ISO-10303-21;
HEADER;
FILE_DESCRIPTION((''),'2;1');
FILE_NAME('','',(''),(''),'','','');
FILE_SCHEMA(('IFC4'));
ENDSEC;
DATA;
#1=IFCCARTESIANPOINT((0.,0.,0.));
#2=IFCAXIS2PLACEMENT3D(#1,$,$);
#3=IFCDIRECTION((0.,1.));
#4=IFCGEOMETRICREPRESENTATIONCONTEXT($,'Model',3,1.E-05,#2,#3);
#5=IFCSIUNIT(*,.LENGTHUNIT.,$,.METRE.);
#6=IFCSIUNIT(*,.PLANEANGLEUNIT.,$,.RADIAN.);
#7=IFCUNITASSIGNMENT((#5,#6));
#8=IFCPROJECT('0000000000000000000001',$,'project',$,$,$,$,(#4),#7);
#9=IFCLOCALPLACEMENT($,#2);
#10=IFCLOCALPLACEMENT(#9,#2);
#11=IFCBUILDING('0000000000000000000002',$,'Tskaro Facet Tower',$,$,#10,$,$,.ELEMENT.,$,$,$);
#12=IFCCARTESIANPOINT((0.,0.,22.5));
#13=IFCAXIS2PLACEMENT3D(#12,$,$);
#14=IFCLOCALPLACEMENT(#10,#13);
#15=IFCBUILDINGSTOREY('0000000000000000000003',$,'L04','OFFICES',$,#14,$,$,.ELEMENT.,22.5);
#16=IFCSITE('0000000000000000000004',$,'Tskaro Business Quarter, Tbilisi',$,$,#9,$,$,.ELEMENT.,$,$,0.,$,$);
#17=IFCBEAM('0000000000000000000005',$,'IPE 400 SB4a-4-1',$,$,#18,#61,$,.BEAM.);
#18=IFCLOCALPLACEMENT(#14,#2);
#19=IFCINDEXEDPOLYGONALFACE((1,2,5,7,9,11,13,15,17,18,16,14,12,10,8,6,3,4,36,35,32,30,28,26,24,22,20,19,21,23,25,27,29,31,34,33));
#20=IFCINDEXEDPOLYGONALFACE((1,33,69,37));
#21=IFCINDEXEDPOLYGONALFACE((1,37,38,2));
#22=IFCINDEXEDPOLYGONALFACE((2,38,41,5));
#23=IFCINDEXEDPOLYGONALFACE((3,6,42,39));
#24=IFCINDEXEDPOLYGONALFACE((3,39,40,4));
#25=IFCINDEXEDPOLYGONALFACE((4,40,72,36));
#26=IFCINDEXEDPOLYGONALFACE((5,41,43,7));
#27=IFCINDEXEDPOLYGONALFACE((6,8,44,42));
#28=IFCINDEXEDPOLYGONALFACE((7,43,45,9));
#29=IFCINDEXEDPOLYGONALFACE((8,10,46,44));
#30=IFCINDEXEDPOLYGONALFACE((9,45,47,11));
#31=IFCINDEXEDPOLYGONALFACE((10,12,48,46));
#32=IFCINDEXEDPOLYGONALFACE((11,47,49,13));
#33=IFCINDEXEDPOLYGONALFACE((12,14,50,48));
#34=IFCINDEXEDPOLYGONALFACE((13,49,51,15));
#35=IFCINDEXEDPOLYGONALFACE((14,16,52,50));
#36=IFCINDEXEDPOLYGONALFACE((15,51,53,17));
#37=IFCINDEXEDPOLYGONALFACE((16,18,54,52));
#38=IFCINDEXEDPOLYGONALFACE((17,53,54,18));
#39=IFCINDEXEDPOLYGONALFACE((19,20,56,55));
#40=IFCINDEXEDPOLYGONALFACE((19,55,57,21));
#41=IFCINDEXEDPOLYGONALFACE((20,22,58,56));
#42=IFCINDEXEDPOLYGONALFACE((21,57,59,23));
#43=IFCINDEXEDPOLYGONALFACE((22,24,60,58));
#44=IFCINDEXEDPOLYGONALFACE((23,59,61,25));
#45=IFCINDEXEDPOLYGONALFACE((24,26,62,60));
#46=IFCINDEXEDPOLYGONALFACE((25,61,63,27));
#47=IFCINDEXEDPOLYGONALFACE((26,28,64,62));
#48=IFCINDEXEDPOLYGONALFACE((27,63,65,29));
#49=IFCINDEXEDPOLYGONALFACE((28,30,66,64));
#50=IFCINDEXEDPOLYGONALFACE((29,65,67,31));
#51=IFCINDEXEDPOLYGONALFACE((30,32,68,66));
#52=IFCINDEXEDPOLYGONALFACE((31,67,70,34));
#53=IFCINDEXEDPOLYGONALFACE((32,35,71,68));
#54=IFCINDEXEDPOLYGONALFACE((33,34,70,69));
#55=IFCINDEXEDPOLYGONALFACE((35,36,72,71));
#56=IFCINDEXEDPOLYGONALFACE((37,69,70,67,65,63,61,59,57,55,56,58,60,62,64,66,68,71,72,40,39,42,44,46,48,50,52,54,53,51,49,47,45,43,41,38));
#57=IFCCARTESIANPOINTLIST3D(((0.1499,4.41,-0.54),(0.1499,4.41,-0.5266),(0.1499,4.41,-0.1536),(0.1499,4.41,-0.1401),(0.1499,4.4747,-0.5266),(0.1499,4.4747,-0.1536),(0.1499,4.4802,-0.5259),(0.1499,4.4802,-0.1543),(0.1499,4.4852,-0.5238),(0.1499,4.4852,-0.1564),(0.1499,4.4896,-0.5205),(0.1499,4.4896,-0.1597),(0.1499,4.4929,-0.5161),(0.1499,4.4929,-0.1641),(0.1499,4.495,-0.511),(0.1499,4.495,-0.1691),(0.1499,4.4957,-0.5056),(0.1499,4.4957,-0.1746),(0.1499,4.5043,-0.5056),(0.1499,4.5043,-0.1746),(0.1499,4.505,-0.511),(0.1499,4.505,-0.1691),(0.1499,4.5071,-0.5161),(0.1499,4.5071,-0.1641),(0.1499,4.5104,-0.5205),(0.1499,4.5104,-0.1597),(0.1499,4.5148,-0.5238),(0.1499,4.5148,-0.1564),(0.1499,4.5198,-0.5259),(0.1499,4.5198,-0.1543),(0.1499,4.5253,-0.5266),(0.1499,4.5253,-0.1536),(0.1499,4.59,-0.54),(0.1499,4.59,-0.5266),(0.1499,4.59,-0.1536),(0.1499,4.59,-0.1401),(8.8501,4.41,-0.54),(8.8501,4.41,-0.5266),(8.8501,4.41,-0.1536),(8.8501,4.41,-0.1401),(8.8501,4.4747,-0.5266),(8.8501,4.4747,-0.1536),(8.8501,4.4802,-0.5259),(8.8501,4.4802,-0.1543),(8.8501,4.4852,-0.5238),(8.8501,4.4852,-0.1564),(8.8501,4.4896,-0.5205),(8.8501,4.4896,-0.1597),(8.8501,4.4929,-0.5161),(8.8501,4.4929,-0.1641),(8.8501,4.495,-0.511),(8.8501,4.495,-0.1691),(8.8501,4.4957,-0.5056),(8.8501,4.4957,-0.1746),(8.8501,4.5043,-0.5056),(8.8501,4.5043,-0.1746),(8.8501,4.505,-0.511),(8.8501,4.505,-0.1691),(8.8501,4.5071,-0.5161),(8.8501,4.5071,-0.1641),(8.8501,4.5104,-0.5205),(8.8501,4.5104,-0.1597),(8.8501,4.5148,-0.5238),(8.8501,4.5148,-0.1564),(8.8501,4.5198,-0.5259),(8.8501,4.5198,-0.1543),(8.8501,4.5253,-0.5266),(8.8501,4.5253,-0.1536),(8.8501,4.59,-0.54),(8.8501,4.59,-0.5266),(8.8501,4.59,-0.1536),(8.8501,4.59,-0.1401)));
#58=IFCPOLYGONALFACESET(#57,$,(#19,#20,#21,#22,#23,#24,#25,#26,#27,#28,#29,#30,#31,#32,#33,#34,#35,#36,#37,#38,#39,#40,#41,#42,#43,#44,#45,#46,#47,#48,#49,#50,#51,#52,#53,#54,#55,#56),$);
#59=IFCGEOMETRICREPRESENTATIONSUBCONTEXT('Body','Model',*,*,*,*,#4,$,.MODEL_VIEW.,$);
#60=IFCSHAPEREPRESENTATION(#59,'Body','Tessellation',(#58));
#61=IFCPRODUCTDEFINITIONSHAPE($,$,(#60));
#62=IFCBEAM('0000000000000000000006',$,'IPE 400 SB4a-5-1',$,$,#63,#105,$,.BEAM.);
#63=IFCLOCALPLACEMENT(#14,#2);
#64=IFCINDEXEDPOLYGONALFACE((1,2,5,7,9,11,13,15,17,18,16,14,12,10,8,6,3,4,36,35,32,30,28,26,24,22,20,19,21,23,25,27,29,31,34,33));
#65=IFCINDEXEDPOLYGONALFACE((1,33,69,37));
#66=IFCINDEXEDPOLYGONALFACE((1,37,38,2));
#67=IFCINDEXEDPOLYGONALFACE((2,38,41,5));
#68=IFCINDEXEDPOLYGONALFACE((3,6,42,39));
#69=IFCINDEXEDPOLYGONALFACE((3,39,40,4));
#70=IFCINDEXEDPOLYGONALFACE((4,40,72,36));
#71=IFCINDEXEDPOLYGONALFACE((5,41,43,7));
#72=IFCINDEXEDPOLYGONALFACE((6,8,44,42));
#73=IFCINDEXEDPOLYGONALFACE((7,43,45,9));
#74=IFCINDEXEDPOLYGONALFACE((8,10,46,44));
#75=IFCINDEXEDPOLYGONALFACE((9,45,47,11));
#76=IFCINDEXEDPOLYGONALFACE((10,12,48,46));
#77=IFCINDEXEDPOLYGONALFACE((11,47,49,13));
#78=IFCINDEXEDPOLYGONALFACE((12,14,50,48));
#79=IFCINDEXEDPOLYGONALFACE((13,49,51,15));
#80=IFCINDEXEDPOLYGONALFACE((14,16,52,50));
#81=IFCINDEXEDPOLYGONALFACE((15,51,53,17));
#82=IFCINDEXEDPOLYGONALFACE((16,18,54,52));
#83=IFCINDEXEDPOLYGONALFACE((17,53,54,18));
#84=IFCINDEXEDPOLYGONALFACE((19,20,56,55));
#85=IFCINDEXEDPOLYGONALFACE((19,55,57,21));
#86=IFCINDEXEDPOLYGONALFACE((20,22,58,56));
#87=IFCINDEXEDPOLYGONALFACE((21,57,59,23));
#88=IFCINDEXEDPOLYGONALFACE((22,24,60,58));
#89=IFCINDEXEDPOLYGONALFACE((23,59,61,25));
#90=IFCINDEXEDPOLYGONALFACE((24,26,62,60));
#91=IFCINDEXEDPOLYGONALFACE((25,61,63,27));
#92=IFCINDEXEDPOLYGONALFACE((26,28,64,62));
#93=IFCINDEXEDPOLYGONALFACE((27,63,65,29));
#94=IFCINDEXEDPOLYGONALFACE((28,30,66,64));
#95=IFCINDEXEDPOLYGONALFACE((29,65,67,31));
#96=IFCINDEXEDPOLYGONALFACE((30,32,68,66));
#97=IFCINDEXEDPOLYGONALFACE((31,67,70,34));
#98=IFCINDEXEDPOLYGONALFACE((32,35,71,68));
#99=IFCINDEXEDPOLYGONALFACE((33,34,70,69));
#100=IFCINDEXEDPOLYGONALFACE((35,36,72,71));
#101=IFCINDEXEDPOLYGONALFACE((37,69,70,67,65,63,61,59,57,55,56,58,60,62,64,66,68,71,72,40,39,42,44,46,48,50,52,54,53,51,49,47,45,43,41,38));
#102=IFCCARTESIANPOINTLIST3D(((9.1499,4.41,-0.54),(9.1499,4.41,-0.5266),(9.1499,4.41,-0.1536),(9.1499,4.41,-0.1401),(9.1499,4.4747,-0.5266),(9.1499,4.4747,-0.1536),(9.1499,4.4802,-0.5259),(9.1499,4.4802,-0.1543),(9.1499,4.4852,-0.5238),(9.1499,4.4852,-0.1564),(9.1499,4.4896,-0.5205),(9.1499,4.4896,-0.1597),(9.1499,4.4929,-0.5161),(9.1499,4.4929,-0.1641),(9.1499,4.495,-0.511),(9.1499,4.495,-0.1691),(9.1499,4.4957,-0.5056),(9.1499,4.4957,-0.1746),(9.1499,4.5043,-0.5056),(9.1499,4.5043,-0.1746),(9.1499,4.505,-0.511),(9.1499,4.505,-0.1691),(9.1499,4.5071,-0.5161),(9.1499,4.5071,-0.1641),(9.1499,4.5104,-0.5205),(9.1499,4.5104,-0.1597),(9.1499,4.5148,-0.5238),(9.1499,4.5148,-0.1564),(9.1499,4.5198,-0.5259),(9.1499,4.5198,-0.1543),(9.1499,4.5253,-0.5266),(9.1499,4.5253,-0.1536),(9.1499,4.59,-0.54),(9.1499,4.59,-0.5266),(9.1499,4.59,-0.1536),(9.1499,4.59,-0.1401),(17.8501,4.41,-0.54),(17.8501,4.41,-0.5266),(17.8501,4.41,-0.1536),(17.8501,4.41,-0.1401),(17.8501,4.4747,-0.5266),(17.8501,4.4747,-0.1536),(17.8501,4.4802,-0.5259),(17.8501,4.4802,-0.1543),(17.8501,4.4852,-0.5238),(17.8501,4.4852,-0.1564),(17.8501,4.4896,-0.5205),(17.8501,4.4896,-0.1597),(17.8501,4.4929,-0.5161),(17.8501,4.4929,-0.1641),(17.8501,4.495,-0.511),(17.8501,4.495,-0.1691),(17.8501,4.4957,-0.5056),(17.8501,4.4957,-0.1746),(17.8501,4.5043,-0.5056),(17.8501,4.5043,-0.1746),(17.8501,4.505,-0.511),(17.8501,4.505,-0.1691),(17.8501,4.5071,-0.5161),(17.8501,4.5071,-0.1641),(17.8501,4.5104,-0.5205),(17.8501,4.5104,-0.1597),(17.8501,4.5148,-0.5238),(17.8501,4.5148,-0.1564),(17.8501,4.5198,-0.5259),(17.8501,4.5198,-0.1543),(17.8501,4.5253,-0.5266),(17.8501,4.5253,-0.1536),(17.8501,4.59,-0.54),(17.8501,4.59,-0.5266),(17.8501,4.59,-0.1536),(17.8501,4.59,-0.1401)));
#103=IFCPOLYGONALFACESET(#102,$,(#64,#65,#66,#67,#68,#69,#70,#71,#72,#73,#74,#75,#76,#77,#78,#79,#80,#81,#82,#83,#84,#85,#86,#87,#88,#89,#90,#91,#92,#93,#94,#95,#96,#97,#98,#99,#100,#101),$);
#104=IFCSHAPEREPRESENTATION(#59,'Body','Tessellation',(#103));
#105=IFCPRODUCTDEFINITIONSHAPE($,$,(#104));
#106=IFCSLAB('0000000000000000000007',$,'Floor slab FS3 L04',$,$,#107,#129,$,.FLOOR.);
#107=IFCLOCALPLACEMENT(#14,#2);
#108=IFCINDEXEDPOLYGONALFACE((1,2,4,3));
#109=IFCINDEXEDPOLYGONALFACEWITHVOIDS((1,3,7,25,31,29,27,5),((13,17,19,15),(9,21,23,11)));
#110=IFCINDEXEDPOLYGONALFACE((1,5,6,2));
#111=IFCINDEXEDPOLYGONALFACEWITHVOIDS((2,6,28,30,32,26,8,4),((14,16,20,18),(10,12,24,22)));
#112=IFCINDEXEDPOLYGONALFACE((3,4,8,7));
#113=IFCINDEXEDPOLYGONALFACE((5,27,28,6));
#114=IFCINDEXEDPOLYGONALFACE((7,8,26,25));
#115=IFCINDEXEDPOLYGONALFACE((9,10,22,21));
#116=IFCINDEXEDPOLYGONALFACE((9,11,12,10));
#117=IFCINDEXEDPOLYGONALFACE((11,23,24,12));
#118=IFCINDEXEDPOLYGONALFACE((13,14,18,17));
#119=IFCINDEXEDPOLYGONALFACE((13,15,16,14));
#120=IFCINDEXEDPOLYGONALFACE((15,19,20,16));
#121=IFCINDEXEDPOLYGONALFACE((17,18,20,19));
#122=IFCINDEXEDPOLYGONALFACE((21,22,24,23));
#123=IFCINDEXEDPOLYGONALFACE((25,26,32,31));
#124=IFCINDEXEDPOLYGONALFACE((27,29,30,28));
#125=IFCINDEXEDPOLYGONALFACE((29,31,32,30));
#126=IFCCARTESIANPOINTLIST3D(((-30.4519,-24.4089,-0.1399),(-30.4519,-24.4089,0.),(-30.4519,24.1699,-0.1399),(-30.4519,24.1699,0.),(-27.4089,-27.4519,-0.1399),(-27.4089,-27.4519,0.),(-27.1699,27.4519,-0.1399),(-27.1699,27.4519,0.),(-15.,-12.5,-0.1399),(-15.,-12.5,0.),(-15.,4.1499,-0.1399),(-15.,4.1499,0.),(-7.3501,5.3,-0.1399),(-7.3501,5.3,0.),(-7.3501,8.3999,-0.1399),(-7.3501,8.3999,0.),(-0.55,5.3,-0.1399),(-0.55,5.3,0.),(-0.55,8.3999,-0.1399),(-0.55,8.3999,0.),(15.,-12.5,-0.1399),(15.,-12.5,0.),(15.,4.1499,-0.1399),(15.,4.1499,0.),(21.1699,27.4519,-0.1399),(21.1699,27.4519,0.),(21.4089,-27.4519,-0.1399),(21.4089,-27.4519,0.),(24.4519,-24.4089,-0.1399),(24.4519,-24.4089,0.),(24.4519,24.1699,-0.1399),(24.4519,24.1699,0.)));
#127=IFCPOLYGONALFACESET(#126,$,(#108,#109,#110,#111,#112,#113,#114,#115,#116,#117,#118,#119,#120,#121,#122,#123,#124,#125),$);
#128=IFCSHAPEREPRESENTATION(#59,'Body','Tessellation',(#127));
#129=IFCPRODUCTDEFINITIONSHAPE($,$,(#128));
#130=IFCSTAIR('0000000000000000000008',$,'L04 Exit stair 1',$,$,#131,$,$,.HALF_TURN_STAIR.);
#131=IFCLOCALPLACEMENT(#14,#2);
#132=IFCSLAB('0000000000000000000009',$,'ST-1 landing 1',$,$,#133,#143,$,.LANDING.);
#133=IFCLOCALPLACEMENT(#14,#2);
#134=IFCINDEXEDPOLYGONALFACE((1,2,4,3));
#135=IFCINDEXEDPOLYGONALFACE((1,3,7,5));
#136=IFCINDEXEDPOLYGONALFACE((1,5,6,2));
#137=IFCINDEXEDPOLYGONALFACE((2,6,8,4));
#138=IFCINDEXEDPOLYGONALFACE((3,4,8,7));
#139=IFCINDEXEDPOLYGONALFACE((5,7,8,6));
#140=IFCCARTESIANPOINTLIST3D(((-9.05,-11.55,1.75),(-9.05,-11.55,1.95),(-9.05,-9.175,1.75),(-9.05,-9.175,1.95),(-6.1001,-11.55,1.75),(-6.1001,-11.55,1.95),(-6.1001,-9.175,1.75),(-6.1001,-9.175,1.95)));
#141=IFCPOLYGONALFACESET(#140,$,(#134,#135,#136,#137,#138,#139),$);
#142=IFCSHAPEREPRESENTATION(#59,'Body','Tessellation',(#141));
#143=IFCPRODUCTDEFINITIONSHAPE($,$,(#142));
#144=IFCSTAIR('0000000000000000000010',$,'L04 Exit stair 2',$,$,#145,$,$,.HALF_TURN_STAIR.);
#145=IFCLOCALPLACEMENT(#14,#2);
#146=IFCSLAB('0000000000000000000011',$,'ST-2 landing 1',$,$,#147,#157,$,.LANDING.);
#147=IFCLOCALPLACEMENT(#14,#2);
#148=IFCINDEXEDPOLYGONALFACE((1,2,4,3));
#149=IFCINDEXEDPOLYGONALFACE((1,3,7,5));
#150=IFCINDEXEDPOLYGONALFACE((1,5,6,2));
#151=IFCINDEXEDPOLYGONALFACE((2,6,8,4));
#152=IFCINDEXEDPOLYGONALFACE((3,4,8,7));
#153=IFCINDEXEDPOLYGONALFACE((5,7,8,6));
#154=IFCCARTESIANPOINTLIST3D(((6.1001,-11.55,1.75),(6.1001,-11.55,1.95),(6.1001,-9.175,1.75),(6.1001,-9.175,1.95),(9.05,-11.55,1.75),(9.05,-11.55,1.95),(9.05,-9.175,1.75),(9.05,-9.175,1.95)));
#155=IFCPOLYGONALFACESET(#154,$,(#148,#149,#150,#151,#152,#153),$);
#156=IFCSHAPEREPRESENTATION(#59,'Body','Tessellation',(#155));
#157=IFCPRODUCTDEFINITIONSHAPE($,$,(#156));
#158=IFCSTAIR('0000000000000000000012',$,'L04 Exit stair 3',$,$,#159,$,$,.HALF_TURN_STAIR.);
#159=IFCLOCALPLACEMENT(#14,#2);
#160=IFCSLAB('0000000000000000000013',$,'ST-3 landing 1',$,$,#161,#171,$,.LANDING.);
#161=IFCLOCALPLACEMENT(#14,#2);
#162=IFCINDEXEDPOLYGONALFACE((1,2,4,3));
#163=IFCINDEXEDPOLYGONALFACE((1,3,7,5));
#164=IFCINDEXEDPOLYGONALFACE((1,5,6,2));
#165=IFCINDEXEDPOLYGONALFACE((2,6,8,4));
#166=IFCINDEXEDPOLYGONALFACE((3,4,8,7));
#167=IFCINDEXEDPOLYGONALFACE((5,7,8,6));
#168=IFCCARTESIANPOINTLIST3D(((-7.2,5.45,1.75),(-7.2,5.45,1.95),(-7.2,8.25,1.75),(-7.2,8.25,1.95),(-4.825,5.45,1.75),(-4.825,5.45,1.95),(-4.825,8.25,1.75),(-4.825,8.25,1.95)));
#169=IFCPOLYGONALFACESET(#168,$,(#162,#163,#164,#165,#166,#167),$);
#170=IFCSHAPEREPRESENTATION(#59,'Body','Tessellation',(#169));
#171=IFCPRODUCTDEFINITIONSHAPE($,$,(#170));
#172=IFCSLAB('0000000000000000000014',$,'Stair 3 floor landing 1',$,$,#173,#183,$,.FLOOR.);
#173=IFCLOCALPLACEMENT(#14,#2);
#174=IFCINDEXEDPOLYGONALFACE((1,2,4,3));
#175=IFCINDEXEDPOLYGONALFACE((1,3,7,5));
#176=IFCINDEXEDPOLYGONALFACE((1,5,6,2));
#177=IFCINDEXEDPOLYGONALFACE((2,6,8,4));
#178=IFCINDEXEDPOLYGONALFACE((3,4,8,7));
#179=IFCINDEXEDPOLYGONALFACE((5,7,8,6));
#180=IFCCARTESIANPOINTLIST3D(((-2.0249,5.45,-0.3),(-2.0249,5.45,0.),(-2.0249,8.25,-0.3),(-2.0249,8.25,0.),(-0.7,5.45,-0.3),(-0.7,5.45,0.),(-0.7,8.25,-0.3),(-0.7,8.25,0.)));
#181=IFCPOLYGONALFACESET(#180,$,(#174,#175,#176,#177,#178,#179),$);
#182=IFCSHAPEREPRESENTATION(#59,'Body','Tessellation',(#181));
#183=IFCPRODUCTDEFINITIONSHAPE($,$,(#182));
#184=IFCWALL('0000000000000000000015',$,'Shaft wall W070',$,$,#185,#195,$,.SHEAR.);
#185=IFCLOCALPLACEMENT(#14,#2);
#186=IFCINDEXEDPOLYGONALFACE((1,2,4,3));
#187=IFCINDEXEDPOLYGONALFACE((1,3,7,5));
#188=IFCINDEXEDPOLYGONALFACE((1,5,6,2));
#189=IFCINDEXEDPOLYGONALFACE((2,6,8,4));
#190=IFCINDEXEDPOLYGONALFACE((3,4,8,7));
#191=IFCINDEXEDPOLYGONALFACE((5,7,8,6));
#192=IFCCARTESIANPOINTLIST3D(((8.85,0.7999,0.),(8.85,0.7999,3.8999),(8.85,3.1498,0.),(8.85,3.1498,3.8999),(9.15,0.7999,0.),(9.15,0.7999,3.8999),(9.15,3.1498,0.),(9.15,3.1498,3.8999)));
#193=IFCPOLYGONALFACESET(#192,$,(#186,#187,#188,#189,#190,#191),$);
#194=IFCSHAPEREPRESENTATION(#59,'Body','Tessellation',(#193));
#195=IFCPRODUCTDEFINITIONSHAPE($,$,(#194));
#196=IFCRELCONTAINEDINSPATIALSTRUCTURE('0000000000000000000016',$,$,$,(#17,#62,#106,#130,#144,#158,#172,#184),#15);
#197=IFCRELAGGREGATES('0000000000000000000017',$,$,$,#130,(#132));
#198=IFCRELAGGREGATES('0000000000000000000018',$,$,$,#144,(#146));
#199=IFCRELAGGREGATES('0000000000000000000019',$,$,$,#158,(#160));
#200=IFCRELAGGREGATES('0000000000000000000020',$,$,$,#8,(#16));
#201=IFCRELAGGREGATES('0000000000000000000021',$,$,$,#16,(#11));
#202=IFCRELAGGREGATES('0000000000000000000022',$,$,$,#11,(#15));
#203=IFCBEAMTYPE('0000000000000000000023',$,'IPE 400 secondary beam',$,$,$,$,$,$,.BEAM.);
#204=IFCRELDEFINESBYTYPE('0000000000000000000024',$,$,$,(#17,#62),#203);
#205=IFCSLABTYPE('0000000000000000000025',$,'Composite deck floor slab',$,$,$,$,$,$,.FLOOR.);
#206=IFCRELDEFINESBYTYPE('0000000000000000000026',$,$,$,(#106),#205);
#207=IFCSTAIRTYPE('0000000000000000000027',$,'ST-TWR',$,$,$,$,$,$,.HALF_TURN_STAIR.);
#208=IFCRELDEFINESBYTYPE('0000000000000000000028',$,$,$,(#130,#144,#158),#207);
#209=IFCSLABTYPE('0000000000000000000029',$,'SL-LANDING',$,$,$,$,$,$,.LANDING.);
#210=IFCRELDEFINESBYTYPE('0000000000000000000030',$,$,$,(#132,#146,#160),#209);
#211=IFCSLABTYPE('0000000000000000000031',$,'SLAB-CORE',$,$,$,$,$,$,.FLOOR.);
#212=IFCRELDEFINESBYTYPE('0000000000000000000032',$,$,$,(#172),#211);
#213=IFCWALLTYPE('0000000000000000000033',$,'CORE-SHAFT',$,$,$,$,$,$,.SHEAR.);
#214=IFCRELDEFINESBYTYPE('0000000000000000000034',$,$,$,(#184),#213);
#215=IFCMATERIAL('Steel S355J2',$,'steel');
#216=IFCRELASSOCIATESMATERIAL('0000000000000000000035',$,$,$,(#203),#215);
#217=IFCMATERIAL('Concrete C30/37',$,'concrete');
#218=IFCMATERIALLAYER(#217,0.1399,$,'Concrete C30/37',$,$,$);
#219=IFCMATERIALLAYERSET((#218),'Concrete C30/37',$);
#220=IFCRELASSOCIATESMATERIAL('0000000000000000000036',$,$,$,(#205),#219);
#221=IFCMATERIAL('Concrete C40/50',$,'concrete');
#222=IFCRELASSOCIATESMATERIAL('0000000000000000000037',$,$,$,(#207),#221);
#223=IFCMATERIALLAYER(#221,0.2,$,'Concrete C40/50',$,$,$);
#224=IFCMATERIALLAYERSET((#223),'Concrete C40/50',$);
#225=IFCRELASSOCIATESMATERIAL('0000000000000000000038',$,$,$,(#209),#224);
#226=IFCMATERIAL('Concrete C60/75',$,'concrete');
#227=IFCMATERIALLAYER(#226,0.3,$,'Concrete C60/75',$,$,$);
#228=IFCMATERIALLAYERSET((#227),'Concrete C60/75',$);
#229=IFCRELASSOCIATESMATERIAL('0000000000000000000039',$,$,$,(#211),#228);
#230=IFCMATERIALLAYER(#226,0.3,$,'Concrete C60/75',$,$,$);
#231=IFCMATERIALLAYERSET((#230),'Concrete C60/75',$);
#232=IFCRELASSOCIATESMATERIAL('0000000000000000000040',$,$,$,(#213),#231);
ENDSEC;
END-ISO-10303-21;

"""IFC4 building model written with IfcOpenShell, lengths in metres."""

from ifc_helpers import new_model, si_unit, direction, frame, frame_2d, origin, origin_2d, place, context, subcontext, project, spatial, polyline, rectangle, i_section, outline, extrude, material, layer, layer_set, material_profile, profile_set, type_object, element, aggregate, save


model = new_model("IFC4")

# Units and contexts
model_context = context("Model", 3, precision=1e-05, world=origin(), true_north=direction((0.0, 1.0)))
body_context = subcontext(model_context, "Body", "Model", "MODEL_VIEW")
ifc_project = project(units=[si_unit("LENGTHUNIT", "METRE"), si_unit("PLANEANGLEUNIT", "RADIAN")], contexts=[model_context])

# Site, building, storey
site_placement = place(None, origin())
site = spatial("IfcSite", under=ifc_project, at=site_placement, Name="Tskaro Business Quarter, Tbilisi", CompositionType="ELEMENT", RefElevation=0.0)
building_placement = place(site_placement, origin())
building = spatial("IfcBuilding", under=site, at=building_placement, Name="Tskaro Facet Tower", CompositionType="ELEMENT")
storey_placement = place(building_placement, frame((0.0, 0.0, 22.5)))
storey = spatial("IfcBuildingStorey", under=building, at=storey_placement, Name="L04", Description="OFFICES", CompositionType="ELEMENT", Elevation=22.5)

# Beams
ifc_material_1 = material(Name="Steel S355J2", Category="steel")
ifc_material_profile_1 = material_profile(ifc_material_1, i_section(OverallWidth=0.1799, OverallDepth=0.3999, WebThickness=0.0085, FlangeThickness=0.0134, FilletRadius=0.021, at=origin_2d()), Name="IPE 400")
ifc_profile_set_1 = profile_set([ifc_material_profile_1], Name="Steel S355J2")
beam_type_1 = type_object("IfcBeamType", Name="IPE 400 secondary beam", PredefinedType="BEAM", material=ifc_profile_set_1)
for number, where, z_axis, x_axis, name in (
    (1, (0.1499, 4.5, -0.3401), (1.0, 0.0, 0.0), (0.0, 1.0, 0.0), "IPE 400 SB4a-4-1"),
    (2, (9.1499, 4.5, -0.3401), (1.0, 0.0, 0.0), (0.0, 1.0, 0.0), "IPE 400 SB4a-5-1"),
):
    element("IfcBeam", number, at=place(storey_placement, frame(where, z_axis=z_axis, x_axis=x_axis)), inside=storey, type_object=beam_type_1, Name=name, PredefinedType="BEAM", context=body_context, shape_type="SweptSolid", body=[
        extrude(i_section(OverallWidth=0.1799, OverallDepth=0.3999, WebThickness=0.0085, FlangeThickness=0.0134, FilletRadius=0.021, at=origin_2d()), origin(), (0.0, 0.0, 1.0), 8.7002),
    ])

# Slab
ifc_material_2 = material(Name="Concrete C30/37", Category="concrete")
ifc_layer_1 = layer(ifc_material_2, 0.1399, Name="Concrete C30/37")
ifc_layer_set_1 = layer_set([ifc_layer_1], Name="Concrete C30/37")
slab_type_1 = type_object("IfcSlabType", Name="Composite deck floor slab", PredefinedType="FLOOR", material=ifc_layer_set_1)
slab_1_placement = place(storey_placement, frame((0.0, 0.0, -0.1399)))
element("IfcSlab", 3, at=slab_1_placement, inside=storey, type_object=slab_type_1, Name="Floor slab FS3 L04", PredefinedType="FLOOR", context=body_context, shape_type="SweptSolid", body=[
    extrude(outline(polyline([(-27.4089, -27.4519), (21.4089, -27.4519), (24.4519, -24.4089), (24.4519, 24.1699), (21.1699, 27.4519), (-27.1699, 27.4519), (-30.4519, 24.1699), (-30.4519, -24.4089), (-27.4089, -27.4519)]), holes=[polyline([(-15.0, -12.5), (15.0, -12.5), (15.0, 4.1499), (-15.0, 4.1499), (-15.0, -12.5)]), polyline([(-7.3501, 5.3), (-0.55, 5.3), (-0.55, 8.3999), (-7.3501, 8.3999), (-7.3501, 5.3)])]), origin(), (0.0, 0.0, 1.0), 0.1399),
])

# Stairs, slabs
ifc_material_3 = material(Name="Concrete C40/50", Category="concrete")
stair_type = type_object("IfcStairType", Name="ST-TWR", PredefinedType="HALF_TURN_STAIR", material=ifc_material_3)
stair_1_placement = place(storey_placement, origin())
stair_1 = element("IfcStair", 4, at=stair_1_placement, inside=storey, type_object=stair_type, Name="L04 Exit stair 1", PredefinedType="HALF_TURN_STAIR")
ifc_layer_2 = layer(ifc_material_3, 0.2, Name="Concrete C40/50")
ifc_layer_set_2 = layer_set([ifc_layer_2], Name="Concrete C40/50")
slab_type_2 = type_object("IfcSlabType", Name="SL-LANDING", PredefinedType="LANDING", material=ifc_layer_set_2)
slab_2_placement = place(storey_placement, frame((0.0, 0.0, 1.75)))
slab_2 = element("IfcSlab", 5, at=slab_2_placement, type_object=slab_type_2, Name="ST-1 landing 1", PredefinedType="LANDING", context=body_context, shape_type="SweptSolid", body=[
    extrude(outline(polyline([(-9.05, -11.55), (-6.1001, -11.55), (-6.1001, -9.175), (-9.05, -9.175), (-9.05, -11.55)])), origin(), (0.0, 0.0, 1.0), 0.2),
])
aggregate(stair_1, [slab_2])
stair_2_placement = place(storey_placement, origin())
stair_2 = element("IfcStair", 6, at=stair_2_placement, inside=storey, type_object=stair_type, Name="L04 Exit stair 2", PredefinedType="HALF_TURN_STAIR")
slab_3_placement = place(storey_placement, frame((0.0, 0.0, 1.75)))
slab_3 = element("IfcSlab", 7, at=slab_3_placement, type_object=slab_type_2, Name="ST-2 landing 1", PredefinedType="LANDING", context=body_context, shape_type="SweptSolid", body=[
    extrude(outline(polyline([(6.1001, -11.55), (9.05, -11.55), (9.05, -9.175), (6.1001, -9.175), (6.1001, -11.55)])), origin(), (0.0, 0.0, 1.0), 0.2),
])
aggregate(stair_2, [slab_3])
stair_3_placement = place(storey_placement, origin())
stair_3 = element("IfcStair", 8, at=stair_3_placement, inside=storey, type_object=stair_type, Name="L04 Exit stair 3", PredefinedType="HALF_TURN_STAIR")
slab_4_placement = place(storey_placement, frame((0.0, 0.0, 1.75)))
slab_4 = element("IfcSlab", 9, at=slab_4_placement, type_object=slab_type_2, Name="ST-3 landing 1", PredefinedType="LANDING", context=body_context, shape_type="SweptSolid", body=[
    extrude(outline(polyline([(-7.2, 5.45), (-4.825, 5.45), (-4.825, 8.25), (-7.2, 8.25), (-7.2, 5.45)])), origin(), (0.0, 0.0, 1.0), 0.2),
])
aggregate(stair_3, [slab_4])

# Slab
ifc_material_4 = material(Name="Concrete C60/75", Category="concrete")
ifc_layer_3 = layer(ifc_material_4, 0.3, Name="Concrete C60/75")
ifc_layer_set_3 = layer_set([ifc_layer_3], Name="Concrete C60/75")
slab_type_3 = type_object("IfcSlabType", Name="SLAB-CORE", PredefinedType="FLOOR", material=ifc_layer_set_3)
slab_5_placement = place(storey_placement, frame((0.0, 0.0, -0.3)))
element("IfcSlab", 10, at=slab_5_placement, inside=storey, type_object=slab_type_3, Name="Stair 3 floor landing 1", PredefinedType="FLOOR", context=body_context, shape_type="SweptSolid", body=[
    extrude(outline(polyline([(-2.0249, 5.45), (-0.7, 5.45), (-0.7, 8.25), (-2.0249, 8.25), (-2.0249, 5.45)])), origin(), (0.0, 0.0, 1.0), 0.3),
])

# Wall
ifc_layer_4 = layer(ifc_material_4, 0.3, Name="Concrete C60/75")
ifc_layer_set_4 = layer_set([ifc_layer_4], Name="Concrete C60/75")
wall_type_1 = type_object("IfcWallType", Name="CORE-SHAFT", PredefinedType="SHEAR", material=ifc_layer_set_4)
wall_1_placement = place(storey_placement, frame((9.0, 0.8, 0.0), z_axis=(0.0, 0.0, 1.0), x_axis=(0.0, 1.0, 0.0)))
element("IfcWall", 11, at=wall_1_placement, inside=storey, type_object=wall_type_1, Name="Shaft wall W070", PredefinedType="SHEAR", context=body_context, shape_type="SweptSolid", body=[
    extrude(rectangle(XDim=2.3499, YDim=0.3, at=frame_2d((1.1748, 0.0))), origin(), (0.0, 0.0, 1.0), 3.8999),
])

save(model, "model.ifc")
